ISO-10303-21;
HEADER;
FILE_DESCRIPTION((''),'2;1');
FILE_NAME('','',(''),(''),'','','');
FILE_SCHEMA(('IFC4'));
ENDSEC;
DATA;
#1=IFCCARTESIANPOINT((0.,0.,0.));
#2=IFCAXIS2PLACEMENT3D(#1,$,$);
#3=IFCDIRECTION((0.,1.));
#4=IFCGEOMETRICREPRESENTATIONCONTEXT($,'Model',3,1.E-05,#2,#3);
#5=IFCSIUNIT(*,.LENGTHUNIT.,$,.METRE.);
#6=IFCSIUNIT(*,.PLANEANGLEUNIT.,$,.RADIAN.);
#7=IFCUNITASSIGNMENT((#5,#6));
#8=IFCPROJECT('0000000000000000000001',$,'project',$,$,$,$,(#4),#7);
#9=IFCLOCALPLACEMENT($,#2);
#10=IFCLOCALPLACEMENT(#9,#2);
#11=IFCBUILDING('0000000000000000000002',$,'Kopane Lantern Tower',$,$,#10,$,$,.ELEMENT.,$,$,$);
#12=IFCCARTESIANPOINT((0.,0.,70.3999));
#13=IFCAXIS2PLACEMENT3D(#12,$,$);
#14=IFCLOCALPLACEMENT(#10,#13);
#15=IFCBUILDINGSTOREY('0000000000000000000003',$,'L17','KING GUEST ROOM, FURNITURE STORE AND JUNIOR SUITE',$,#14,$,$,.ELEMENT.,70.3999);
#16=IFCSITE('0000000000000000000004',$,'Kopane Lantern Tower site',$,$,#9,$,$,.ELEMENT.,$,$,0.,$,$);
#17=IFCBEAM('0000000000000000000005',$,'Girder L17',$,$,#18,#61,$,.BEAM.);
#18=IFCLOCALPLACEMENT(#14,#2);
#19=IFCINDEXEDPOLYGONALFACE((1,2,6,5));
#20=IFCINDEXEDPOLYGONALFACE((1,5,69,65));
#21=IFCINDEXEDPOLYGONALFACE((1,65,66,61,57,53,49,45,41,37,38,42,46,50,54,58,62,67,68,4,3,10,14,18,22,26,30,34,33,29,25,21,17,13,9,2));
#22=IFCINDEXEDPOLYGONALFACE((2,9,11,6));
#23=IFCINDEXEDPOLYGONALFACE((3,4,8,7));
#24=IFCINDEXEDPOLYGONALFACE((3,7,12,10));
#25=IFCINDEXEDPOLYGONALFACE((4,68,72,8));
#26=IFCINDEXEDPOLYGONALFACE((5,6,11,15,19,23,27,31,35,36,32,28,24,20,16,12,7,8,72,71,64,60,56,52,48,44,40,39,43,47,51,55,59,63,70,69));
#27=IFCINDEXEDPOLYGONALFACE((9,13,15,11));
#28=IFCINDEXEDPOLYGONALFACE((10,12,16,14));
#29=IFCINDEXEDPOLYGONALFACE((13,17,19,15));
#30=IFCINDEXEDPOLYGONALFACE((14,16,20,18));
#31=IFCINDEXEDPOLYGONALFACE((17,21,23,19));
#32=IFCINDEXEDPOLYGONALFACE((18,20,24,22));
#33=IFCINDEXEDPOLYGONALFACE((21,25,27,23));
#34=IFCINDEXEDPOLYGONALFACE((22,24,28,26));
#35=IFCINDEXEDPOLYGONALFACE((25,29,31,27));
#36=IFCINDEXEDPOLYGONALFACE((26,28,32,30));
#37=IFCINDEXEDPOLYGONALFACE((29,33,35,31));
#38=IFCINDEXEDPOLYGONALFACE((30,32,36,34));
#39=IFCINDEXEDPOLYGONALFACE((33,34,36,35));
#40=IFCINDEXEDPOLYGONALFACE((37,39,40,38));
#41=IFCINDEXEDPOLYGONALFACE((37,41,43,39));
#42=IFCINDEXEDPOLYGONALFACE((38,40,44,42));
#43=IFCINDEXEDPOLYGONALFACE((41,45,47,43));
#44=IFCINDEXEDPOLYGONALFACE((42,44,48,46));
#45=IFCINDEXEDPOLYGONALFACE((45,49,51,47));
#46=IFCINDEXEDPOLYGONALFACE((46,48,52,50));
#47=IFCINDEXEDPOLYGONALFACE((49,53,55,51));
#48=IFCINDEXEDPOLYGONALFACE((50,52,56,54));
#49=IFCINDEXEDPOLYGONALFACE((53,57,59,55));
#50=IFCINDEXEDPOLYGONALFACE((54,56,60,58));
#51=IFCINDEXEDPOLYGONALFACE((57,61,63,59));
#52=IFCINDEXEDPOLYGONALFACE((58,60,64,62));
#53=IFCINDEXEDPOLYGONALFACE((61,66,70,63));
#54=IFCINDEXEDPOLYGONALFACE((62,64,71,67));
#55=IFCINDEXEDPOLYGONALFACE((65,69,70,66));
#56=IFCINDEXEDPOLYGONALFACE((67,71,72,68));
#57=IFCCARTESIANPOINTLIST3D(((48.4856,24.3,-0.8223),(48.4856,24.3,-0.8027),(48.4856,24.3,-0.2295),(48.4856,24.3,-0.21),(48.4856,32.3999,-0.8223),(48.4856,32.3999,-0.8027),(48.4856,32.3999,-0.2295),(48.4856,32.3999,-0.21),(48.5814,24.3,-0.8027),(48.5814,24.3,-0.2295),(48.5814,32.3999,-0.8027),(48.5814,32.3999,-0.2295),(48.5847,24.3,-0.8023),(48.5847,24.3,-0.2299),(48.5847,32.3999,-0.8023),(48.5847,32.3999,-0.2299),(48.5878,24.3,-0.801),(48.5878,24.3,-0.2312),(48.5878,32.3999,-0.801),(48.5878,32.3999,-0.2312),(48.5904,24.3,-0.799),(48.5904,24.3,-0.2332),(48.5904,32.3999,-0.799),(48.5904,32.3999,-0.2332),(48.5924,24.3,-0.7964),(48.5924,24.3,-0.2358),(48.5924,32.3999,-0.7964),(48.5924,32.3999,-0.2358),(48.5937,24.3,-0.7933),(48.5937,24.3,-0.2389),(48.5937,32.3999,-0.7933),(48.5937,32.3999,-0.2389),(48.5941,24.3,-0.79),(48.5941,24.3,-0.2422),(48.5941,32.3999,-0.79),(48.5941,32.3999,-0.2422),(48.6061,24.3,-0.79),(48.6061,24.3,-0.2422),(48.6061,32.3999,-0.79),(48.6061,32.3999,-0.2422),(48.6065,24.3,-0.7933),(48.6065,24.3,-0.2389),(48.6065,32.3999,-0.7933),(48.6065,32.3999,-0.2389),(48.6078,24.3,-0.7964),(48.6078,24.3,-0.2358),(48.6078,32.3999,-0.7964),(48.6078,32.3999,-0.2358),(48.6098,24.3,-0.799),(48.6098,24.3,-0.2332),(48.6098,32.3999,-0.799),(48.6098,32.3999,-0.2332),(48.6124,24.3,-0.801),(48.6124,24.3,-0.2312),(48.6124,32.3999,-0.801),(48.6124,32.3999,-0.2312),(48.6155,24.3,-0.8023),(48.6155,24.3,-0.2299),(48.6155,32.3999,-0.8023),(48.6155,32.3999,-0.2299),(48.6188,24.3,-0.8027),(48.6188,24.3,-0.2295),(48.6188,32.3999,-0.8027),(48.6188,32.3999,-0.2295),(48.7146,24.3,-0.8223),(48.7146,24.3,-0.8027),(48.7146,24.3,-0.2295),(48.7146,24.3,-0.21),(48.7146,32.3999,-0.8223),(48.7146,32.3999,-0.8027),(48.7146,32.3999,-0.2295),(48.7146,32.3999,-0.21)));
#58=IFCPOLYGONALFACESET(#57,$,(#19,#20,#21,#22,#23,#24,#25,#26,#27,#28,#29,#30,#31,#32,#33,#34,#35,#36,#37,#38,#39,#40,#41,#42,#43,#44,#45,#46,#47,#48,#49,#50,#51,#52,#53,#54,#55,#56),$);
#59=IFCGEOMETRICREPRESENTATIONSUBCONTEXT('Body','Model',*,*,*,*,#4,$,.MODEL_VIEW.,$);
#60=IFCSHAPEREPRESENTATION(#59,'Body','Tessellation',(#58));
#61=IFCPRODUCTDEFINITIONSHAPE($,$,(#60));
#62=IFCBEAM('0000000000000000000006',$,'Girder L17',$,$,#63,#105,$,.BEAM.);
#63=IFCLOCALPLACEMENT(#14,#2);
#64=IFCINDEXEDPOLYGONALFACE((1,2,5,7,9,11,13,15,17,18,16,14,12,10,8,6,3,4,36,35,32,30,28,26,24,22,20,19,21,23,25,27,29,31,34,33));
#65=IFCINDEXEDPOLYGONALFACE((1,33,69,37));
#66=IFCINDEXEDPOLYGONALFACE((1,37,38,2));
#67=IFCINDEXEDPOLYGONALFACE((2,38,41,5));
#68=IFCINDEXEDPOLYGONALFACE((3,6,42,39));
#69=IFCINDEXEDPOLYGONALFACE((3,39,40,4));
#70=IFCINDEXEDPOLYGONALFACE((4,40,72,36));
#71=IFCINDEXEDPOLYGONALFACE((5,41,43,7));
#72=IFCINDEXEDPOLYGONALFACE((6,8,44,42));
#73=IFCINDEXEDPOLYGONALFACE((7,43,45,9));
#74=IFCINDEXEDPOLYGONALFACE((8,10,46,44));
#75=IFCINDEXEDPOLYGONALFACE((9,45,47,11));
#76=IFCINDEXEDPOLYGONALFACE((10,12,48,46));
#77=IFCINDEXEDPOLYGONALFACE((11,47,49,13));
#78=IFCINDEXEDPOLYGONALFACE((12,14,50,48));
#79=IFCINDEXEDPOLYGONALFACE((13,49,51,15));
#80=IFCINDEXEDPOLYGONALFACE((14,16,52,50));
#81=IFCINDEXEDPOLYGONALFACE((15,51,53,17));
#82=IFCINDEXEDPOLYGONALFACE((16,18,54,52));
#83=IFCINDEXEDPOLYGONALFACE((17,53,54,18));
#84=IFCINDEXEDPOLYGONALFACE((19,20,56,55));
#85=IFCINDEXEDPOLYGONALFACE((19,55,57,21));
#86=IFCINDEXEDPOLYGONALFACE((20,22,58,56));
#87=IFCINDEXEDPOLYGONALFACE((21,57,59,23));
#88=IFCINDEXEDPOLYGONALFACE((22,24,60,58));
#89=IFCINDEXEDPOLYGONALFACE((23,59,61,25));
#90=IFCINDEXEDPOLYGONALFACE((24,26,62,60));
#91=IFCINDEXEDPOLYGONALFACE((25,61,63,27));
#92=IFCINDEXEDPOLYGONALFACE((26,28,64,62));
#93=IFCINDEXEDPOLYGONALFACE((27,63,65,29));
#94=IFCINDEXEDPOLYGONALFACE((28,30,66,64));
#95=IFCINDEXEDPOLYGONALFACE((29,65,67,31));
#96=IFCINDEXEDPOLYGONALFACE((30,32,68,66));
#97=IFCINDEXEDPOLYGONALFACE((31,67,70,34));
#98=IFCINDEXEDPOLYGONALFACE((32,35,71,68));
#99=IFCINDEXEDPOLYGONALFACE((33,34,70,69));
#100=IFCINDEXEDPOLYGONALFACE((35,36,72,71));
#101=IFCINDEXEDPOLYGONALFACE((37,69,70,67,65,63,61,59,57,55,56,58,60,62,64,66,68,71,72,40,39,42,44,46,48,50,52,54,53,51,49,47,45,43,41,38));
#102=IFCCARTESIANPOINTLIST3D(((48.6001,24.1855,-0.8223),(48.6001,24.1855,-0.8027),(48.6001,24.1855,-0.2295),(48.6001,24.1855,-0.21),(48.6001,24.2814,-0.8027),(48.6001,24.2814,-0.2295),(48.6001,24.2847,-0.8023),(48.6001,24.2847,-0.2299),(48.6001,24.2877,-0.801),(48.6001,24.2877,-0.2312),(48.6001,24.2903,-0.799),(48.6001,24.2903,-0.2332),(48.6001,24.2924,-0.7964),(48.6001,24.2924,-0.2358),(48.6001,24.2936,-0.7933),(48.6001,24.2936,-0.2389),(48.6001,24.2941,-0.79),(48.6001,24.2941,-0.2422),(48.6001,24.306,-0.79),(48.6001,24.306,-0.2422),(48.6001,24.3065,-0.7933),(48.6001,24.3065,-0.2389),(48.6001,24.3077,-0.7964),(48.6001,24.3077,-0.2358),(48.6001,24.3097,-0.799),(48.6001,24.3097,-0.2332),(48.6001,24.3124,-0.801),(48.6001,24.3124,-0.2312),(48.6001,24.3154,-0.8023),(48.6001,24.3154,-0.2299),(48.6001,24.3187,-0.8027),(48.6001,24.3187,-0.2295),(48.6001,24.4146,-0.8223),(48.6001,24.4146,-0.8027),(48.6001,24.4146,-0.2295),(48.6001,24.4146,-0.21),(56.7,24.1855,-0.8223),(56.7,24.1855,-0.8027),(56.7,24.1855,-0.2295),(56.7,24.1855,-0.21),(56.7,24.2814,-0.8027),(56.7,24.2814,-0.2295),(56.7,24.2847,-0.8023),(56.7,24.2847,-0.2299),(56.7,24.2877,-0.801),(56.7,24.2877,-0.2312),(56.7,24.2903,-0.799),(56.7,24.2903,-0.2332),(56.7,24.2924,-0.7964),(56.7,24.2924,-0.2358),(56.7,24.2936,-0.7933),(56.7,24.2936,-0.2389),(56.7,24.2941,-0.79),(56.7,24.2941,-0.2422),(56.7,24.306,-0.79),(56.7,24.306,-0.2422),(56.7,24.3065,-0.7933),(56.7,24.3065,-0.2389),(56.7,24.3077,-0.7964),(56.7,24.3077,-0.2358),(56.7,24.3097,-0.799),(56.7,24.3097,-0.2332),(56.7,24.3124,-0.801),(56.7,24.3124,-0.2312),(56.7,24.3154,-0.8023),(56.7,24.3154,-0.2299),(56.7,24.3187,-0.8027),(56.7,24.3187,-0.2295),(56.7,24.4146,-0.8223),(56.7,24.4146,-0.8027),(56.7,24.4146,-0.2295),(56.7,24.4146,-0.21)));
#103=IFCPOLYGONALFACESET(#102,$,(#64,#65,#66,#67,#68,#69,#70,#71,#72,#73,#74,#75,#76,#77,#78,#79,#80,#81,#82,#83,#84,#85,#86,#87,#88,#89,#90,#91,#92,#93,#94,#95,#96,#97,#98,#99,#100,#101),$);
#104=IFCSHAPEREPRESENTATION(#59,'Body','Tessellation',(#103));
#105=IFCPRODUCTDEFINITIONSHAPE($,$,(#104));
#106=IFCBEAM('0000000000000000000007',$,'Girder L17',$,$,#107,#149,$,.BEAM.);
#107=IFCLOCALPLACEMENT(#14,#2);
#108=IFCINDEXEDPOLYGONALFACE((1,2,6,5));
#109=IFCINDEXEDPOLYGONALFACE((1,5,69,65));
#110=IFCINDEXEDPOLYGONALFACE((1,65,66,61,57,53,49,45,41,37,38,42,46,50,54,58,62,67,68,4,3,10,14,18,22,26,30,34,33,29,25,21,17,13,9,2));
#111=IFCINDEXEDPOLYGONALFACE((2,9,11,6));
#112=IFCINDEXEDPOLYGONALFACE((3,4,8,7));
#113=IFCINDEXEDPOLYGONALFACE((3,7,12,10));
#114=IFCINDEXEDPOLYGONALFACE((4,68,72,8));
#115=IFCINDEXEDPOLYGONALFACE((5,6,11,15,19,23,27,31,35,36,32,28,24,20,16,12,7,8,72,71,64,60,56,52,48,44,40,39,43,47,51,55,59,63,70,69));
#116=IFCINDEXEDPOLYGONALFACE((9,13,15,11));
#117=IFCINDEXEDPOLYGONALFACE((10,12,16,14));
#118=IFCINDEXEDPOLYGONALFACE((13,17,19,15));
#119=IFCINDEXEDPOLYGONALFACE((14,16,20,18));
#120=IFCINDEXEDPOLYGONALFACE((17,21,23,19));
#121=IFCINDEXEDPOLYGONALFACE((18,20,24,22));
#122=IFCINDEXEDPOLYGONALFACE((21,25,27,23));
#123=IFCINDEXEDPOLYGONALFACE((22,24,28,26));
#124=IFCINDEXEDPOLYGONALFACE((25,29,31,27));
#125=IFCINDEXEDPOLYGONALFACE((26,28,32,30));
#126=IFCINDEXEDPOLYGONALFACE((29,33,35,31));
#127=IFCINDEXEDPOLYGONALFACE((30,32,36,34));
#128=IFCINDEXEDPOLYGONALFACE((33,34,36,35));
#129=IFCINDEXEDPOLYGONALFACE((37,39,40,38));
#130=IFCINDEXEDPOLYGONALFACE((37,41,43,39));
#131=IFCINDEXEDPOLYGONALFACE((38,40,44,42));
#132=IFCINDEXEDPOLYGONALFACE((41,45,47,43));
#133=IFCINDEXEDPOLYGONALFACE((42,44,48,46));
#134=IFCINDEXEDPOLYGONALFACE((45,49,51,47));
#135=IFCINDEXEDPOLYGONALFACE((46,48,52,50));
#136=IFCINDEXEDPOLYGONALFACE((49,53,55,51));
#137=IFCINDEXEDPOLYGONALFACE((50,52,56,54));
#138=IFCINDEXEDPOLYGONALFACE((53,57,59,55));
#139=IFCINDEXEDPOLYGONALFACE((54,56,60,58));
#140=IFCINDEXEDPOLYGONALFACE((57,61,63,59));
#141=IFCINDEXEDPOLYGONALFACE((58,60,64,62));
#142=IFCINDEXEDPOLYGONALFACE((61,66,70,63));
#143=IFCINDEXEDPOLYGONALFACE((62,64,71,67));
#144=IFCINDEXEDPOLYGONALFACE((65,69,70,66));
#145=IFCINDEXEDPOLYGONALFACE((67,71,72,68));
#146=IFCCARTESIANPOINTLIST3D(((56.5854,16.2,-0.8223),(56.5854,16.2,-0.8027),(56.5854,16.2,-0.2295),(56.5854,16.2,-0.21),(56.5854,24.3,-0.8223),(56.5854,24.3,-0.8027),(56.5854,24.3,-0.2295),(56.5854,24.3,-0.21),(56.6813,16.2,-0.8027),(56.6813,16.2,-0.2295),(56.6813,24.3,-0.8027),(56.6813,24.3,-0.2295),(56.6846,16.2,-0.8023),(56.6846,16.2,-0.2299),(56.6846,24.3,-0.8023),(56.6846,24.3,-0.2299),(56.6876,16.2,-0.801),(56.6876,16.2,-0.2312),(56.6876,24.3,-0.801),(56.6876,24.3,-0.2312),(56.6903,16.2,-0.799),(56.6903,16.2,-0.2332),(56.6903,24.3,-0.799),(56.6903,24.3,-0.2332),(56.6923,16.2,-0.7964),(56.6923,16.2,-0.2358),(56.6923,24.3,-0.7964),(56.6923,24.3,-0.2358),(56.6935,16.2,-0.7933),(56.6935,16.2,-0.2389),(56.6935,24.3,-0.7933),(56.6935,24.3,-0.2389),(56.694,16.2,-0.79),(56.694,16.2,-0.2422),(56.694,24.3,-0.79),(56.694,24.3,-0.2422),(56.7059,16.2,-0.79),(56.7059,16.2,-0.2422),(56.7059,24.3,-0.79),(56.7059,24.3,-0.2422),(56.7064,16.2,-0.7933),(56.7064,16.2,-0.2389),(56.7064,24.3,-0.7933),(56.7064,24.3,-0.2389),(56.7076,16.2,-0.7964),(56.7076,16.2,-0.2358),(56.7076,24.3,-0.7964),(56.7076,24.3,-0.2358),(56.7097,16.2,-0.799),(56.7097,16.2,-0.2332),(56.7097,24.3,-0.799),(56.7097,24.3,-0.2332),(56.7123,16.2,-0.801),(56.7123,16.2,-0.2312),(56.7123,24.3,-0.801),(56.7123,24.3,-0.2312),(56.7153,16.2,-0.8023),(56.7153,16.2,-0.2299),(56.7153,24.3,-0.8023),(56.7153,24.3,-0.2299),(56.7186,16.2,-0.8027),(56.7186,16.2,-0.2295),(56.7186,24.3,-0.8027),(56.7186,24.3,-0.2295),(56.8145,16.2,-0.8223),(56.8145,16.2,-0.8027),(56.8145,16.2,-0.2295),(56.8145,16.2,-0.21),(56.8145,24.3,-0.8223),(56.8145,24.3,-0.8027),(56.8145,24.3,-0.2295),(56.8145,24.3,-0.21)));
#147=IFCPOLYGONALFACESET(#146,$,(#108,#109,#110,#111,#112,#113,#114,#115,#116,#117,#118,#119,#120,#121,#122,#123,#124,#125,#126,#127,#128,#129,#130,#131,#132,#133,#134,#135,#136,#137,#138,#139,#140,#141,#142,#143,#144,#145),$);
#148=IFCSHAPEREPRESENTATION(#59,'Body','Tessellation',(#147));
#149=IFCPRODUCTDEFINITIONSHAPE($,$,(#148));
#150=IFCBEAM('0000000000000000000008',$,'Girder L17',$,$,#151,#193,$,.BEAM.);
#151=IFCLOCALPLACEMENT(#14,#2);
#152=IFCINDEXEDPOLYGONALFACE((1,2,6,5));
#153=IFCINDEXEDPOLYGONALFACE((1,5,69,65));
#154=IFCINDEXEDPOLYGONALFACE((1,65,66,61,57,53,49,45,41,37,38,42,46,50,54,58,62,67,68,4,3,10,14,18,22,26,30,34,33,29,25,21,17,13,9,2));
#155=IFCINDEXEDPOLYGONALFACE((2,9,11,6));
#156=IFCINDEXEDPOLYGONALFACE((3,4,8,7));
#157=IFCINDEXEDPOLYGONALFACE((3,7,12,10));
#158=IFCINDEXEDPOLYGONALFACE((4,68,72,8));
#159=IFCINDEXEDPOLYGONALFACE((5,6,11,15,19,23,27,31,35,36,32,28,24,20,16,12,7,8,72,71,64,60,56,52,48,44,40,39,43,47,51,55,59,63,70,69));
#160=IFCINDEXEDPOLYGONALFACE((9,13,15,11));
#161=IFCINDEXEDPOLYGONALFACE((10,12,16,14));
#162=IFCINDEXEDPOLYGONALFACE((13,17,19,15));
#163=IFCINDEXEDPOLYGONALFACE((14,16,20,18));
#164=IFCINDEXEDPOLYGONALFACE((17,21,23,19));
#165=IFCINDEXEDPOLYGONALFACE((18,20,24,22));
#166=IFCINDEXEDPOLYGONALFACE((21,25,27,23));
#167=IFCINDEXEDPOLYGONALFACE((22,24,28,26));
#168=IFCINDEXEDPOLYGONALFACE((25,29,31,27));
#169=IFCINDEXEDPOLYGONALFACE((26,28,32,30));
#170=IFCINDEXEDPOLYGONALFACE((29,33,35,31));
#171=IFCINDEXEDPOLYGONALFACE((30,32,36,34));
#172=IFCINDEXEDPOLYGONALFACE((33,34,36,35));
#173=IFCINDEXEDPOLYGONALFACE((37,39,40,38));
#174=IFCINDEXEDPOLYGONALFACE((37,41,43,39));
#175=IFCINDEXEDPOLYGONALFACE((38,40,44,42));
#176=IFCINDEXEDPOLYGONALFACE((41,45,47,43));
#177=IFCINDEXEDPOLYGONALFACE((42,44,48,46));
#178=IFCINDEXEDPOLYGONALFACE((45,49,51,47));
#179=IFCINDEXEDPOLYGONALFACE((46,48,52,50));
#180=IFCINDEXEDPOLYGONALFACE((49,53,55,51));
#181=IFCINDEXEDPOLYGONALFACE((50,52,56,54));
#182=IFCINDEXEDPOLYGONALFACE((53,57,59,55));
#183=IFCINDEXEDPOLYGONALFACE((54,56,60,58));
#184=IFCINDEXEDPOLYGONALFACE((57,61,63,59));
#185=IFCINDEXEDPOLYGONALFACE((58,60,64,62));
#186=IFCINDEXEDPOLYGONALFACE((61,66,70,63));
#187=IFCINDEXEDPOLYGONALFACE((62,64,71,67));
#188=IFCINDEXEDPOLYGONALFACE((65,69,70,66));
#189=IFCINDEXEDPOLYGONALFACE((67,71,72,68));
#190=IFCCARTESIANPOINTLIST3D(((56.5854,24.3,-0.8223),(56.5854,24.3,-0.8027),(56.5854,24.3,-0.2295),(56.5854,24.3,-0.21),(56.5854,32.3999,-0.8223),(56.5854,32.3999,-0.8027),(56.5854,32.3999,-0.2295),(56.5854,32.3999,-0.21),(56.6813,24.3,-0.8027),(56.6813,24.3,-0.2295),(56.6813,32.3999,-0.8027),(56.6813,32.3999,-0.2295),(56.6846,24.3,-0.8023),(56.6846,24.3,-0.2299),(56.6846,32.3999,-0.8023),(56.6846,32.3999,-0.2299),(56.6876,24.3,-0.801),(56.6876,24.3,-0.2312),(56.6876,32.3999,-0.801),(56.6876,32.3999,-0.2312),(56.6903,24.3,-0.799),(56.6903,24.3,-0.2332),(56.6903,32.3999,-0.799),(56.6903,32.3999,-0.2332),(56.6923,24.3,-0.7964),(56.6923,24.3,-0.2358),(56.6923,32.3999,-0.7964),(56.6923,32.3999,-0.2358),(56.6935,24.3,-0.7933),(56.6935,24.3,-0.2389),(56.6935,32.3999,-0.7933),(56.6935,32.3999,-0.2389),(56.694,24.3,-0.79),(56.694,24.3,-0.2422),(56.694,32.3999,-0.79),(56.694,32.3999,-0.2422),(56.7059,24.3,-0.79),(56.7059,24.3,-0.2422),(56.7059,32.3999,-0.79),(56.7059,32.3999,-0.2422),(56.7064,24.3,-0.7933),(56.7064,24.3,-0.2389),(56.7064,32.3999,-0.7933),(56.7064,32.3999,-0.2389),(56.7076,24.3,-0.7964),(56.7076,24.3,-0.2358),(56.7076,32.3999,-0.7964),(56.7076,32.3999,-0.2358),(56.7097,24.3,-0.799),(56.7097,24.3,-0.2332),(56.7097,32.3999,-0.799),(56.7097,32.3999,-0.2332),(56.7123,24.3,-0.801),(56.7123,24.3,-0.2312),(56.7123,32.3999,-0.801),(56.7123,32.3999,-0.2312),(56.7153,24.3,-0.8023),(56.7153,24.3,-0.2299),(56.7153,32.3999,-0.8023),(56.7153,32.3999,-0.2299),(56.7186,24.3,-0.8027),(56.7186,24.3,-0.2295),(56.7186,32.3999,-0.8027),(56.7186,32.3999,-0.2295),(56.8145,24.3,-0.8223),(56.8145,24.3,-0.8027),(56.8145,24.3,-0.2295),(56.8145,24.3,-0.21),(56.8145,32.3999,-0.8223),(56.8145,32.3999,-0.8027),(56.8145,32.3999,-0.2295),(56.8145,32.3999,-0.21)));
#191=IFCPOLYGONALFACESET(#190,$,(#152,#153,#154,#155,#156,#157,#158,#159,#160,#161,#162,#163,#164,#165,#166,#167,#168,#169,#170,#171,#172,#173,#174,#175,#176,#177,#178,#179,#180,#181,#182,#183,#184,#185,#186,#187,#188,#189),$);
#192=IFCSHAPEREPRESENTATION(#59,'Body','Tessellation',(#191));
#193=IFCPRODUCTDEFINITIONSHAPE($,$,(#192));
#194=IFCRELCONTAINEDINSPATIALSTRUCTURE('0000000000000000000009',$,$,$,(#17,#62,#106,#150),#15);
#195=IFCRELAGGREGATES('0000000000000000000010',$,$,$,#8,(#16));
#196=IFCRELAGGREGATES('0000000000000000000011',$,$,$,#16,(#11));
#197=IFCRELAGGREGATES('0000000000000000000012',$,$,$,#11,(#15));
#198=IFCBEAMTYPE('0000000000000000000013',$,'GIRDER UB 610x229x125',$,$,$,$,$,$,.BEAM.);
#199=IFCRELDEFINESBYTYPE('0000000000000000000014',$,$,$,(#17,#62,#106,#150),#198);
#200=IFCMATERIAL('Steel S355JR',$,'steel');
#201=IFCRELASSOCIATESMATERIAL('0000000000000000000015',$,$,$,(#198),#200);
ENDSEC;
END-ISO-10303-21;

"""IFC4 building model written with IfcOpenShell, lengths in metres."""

from ifc_helpers import new_model, si_unit, direction, frame, origin, origin_2d, place, context, subcontext, project, spatial, i_section, extrude, material, material_profile, profile_set, type_object, element, save


model = new_model("IFC4")

# Units and contexts
model_context = context("Model", 3, precision=1e-05, world=origin(), true_north=direction((0.0, 1.0)))
body_context = subcontext(model_context, "Body", "Model", "MODEL_VIEW")
ifc_project = project(units=[si_unit("LENGTHUNIT", "METRE"), si_unit("PLANEANGLEUNIT", "RADIAN")], contexts=[model_context])

# Site, building, storey
site_placement = place(None, origin())
site = spatial("IfcSite", under=ifc_project, at=site_placement, Name="Kopane Lantern Tower site", CompositionType="ELEMENT", RefElevation=0.0)
building_placement = place(site_placement, origin())
building = spatial("IfcBuilding", under=site, at=building_placement, Name="Kopane Lantern Tower", CompositionType="ELEMENT")
storey_placement = place(building_placement, frame((0.0, 0.0, 70.3999)))
storey = spatial("IfcBuildingStorey", under=building, at=storey_placement, Name="L17", Description="KING GUEST ROOM, FURNITURE STORE AND JUNIOR SUITE", CompositionType="ELEMENT", Elevation=70.3999)

# Beams
ifc_material_1 = material(Name="Steel S355JR", Category="steel")
ifc_material_profile_1 = material_profile(ifc_material_1, i_section(OverallWidth=0.229, OverallDepth=0.6123, WebThickness=0.012, FlangeThickness=0.0195, FilletRadius=0.0127, at=origin_2d()), Name="UB 610x229x125")
ifc_profile_set_1 = profile_set([ifc_material_profile_1], Name="Steel S355JR")
beam_type = type_object("IfcBeamType", Name="GIRDER UB 610x229x125", PredefinedType="BEAM", material=ifc_profile_set_1)
for number, where, z_axis, x_axis, name in (
    (1, (48.6001, 24.3, -0.5161), (0.0, 1.0, 0.0), (-1.0, 0.0, 0.0), "Girder L17"),
    (2, (48.6001, 24.3, -0.5161), (1.0, 0.0, 0.0), (0.0, 1.0, 0.0), "Girder L17"),
):
    element("IfcBeam", number, at=place(storey_placement, frame(where, z_axis=z_axis, x_axis=x_axis)), inside=storey, type_object=beam_type, Name=name, PredefinedType="BEAM", context=body_context, shape_type="SweptSolid", body=[
        extrude(i_section(OverallWidth=0.229, OverallDepth=0.6123, WebThickness=0.012, FlangeThickness=0.0195, FilletRadius=0.0127, at=origin_2d()), origin(), (0.0, 0.0, 1.0), 8.0999),
    ])
beam_1_placement = place(storey_placement, frame((56.7, 16.2, -0.5161), z_axis=(0.0, 1.0, 0.0), x_axis=(-1.0, 0.0, 0.0)))
element("IfcBeam", 3, at=beam_1_placement, inside=storey, type_object=beam_type, Name="Girder L17", PredefinedType="BEAM", context=body_context, shape_type="SweptSolid", body=[
    extrude(i_section(OverallWidth=0.229, OverallDepth=0.6123, WebThickness=0.012, FlangeThickness=0.0195, FilletRadius=0.0127, at=origin_2d()), origin(), (0.0, 0.0, 1.0), 8.1001),
])
beam_2_placement = place(storey_placement, frame((56.7, 24.3, -0.5161), z_axis=(0.0, 1.0, 0.0), x_axis=(-1.0, 0.0, 0.0)))
element("IfcBeam", 4, at=beam_2_placement, inside=storey, type_object=beam_type, Name="Girder L17", PredefinedType="BEAM", context=body_context, shape_type="SweptSolid", body=[
    extrude(i_section(OverallWidth=0.229, OverallDepth=0.6123, WebThickness=0.012, FlangeThickness=0.0195, FilletRadius=0.0127, at=origin_2d()), origin(), (0.0, 0.0, 1.0), 8.0999),
])

save(model, "model.ifc")
